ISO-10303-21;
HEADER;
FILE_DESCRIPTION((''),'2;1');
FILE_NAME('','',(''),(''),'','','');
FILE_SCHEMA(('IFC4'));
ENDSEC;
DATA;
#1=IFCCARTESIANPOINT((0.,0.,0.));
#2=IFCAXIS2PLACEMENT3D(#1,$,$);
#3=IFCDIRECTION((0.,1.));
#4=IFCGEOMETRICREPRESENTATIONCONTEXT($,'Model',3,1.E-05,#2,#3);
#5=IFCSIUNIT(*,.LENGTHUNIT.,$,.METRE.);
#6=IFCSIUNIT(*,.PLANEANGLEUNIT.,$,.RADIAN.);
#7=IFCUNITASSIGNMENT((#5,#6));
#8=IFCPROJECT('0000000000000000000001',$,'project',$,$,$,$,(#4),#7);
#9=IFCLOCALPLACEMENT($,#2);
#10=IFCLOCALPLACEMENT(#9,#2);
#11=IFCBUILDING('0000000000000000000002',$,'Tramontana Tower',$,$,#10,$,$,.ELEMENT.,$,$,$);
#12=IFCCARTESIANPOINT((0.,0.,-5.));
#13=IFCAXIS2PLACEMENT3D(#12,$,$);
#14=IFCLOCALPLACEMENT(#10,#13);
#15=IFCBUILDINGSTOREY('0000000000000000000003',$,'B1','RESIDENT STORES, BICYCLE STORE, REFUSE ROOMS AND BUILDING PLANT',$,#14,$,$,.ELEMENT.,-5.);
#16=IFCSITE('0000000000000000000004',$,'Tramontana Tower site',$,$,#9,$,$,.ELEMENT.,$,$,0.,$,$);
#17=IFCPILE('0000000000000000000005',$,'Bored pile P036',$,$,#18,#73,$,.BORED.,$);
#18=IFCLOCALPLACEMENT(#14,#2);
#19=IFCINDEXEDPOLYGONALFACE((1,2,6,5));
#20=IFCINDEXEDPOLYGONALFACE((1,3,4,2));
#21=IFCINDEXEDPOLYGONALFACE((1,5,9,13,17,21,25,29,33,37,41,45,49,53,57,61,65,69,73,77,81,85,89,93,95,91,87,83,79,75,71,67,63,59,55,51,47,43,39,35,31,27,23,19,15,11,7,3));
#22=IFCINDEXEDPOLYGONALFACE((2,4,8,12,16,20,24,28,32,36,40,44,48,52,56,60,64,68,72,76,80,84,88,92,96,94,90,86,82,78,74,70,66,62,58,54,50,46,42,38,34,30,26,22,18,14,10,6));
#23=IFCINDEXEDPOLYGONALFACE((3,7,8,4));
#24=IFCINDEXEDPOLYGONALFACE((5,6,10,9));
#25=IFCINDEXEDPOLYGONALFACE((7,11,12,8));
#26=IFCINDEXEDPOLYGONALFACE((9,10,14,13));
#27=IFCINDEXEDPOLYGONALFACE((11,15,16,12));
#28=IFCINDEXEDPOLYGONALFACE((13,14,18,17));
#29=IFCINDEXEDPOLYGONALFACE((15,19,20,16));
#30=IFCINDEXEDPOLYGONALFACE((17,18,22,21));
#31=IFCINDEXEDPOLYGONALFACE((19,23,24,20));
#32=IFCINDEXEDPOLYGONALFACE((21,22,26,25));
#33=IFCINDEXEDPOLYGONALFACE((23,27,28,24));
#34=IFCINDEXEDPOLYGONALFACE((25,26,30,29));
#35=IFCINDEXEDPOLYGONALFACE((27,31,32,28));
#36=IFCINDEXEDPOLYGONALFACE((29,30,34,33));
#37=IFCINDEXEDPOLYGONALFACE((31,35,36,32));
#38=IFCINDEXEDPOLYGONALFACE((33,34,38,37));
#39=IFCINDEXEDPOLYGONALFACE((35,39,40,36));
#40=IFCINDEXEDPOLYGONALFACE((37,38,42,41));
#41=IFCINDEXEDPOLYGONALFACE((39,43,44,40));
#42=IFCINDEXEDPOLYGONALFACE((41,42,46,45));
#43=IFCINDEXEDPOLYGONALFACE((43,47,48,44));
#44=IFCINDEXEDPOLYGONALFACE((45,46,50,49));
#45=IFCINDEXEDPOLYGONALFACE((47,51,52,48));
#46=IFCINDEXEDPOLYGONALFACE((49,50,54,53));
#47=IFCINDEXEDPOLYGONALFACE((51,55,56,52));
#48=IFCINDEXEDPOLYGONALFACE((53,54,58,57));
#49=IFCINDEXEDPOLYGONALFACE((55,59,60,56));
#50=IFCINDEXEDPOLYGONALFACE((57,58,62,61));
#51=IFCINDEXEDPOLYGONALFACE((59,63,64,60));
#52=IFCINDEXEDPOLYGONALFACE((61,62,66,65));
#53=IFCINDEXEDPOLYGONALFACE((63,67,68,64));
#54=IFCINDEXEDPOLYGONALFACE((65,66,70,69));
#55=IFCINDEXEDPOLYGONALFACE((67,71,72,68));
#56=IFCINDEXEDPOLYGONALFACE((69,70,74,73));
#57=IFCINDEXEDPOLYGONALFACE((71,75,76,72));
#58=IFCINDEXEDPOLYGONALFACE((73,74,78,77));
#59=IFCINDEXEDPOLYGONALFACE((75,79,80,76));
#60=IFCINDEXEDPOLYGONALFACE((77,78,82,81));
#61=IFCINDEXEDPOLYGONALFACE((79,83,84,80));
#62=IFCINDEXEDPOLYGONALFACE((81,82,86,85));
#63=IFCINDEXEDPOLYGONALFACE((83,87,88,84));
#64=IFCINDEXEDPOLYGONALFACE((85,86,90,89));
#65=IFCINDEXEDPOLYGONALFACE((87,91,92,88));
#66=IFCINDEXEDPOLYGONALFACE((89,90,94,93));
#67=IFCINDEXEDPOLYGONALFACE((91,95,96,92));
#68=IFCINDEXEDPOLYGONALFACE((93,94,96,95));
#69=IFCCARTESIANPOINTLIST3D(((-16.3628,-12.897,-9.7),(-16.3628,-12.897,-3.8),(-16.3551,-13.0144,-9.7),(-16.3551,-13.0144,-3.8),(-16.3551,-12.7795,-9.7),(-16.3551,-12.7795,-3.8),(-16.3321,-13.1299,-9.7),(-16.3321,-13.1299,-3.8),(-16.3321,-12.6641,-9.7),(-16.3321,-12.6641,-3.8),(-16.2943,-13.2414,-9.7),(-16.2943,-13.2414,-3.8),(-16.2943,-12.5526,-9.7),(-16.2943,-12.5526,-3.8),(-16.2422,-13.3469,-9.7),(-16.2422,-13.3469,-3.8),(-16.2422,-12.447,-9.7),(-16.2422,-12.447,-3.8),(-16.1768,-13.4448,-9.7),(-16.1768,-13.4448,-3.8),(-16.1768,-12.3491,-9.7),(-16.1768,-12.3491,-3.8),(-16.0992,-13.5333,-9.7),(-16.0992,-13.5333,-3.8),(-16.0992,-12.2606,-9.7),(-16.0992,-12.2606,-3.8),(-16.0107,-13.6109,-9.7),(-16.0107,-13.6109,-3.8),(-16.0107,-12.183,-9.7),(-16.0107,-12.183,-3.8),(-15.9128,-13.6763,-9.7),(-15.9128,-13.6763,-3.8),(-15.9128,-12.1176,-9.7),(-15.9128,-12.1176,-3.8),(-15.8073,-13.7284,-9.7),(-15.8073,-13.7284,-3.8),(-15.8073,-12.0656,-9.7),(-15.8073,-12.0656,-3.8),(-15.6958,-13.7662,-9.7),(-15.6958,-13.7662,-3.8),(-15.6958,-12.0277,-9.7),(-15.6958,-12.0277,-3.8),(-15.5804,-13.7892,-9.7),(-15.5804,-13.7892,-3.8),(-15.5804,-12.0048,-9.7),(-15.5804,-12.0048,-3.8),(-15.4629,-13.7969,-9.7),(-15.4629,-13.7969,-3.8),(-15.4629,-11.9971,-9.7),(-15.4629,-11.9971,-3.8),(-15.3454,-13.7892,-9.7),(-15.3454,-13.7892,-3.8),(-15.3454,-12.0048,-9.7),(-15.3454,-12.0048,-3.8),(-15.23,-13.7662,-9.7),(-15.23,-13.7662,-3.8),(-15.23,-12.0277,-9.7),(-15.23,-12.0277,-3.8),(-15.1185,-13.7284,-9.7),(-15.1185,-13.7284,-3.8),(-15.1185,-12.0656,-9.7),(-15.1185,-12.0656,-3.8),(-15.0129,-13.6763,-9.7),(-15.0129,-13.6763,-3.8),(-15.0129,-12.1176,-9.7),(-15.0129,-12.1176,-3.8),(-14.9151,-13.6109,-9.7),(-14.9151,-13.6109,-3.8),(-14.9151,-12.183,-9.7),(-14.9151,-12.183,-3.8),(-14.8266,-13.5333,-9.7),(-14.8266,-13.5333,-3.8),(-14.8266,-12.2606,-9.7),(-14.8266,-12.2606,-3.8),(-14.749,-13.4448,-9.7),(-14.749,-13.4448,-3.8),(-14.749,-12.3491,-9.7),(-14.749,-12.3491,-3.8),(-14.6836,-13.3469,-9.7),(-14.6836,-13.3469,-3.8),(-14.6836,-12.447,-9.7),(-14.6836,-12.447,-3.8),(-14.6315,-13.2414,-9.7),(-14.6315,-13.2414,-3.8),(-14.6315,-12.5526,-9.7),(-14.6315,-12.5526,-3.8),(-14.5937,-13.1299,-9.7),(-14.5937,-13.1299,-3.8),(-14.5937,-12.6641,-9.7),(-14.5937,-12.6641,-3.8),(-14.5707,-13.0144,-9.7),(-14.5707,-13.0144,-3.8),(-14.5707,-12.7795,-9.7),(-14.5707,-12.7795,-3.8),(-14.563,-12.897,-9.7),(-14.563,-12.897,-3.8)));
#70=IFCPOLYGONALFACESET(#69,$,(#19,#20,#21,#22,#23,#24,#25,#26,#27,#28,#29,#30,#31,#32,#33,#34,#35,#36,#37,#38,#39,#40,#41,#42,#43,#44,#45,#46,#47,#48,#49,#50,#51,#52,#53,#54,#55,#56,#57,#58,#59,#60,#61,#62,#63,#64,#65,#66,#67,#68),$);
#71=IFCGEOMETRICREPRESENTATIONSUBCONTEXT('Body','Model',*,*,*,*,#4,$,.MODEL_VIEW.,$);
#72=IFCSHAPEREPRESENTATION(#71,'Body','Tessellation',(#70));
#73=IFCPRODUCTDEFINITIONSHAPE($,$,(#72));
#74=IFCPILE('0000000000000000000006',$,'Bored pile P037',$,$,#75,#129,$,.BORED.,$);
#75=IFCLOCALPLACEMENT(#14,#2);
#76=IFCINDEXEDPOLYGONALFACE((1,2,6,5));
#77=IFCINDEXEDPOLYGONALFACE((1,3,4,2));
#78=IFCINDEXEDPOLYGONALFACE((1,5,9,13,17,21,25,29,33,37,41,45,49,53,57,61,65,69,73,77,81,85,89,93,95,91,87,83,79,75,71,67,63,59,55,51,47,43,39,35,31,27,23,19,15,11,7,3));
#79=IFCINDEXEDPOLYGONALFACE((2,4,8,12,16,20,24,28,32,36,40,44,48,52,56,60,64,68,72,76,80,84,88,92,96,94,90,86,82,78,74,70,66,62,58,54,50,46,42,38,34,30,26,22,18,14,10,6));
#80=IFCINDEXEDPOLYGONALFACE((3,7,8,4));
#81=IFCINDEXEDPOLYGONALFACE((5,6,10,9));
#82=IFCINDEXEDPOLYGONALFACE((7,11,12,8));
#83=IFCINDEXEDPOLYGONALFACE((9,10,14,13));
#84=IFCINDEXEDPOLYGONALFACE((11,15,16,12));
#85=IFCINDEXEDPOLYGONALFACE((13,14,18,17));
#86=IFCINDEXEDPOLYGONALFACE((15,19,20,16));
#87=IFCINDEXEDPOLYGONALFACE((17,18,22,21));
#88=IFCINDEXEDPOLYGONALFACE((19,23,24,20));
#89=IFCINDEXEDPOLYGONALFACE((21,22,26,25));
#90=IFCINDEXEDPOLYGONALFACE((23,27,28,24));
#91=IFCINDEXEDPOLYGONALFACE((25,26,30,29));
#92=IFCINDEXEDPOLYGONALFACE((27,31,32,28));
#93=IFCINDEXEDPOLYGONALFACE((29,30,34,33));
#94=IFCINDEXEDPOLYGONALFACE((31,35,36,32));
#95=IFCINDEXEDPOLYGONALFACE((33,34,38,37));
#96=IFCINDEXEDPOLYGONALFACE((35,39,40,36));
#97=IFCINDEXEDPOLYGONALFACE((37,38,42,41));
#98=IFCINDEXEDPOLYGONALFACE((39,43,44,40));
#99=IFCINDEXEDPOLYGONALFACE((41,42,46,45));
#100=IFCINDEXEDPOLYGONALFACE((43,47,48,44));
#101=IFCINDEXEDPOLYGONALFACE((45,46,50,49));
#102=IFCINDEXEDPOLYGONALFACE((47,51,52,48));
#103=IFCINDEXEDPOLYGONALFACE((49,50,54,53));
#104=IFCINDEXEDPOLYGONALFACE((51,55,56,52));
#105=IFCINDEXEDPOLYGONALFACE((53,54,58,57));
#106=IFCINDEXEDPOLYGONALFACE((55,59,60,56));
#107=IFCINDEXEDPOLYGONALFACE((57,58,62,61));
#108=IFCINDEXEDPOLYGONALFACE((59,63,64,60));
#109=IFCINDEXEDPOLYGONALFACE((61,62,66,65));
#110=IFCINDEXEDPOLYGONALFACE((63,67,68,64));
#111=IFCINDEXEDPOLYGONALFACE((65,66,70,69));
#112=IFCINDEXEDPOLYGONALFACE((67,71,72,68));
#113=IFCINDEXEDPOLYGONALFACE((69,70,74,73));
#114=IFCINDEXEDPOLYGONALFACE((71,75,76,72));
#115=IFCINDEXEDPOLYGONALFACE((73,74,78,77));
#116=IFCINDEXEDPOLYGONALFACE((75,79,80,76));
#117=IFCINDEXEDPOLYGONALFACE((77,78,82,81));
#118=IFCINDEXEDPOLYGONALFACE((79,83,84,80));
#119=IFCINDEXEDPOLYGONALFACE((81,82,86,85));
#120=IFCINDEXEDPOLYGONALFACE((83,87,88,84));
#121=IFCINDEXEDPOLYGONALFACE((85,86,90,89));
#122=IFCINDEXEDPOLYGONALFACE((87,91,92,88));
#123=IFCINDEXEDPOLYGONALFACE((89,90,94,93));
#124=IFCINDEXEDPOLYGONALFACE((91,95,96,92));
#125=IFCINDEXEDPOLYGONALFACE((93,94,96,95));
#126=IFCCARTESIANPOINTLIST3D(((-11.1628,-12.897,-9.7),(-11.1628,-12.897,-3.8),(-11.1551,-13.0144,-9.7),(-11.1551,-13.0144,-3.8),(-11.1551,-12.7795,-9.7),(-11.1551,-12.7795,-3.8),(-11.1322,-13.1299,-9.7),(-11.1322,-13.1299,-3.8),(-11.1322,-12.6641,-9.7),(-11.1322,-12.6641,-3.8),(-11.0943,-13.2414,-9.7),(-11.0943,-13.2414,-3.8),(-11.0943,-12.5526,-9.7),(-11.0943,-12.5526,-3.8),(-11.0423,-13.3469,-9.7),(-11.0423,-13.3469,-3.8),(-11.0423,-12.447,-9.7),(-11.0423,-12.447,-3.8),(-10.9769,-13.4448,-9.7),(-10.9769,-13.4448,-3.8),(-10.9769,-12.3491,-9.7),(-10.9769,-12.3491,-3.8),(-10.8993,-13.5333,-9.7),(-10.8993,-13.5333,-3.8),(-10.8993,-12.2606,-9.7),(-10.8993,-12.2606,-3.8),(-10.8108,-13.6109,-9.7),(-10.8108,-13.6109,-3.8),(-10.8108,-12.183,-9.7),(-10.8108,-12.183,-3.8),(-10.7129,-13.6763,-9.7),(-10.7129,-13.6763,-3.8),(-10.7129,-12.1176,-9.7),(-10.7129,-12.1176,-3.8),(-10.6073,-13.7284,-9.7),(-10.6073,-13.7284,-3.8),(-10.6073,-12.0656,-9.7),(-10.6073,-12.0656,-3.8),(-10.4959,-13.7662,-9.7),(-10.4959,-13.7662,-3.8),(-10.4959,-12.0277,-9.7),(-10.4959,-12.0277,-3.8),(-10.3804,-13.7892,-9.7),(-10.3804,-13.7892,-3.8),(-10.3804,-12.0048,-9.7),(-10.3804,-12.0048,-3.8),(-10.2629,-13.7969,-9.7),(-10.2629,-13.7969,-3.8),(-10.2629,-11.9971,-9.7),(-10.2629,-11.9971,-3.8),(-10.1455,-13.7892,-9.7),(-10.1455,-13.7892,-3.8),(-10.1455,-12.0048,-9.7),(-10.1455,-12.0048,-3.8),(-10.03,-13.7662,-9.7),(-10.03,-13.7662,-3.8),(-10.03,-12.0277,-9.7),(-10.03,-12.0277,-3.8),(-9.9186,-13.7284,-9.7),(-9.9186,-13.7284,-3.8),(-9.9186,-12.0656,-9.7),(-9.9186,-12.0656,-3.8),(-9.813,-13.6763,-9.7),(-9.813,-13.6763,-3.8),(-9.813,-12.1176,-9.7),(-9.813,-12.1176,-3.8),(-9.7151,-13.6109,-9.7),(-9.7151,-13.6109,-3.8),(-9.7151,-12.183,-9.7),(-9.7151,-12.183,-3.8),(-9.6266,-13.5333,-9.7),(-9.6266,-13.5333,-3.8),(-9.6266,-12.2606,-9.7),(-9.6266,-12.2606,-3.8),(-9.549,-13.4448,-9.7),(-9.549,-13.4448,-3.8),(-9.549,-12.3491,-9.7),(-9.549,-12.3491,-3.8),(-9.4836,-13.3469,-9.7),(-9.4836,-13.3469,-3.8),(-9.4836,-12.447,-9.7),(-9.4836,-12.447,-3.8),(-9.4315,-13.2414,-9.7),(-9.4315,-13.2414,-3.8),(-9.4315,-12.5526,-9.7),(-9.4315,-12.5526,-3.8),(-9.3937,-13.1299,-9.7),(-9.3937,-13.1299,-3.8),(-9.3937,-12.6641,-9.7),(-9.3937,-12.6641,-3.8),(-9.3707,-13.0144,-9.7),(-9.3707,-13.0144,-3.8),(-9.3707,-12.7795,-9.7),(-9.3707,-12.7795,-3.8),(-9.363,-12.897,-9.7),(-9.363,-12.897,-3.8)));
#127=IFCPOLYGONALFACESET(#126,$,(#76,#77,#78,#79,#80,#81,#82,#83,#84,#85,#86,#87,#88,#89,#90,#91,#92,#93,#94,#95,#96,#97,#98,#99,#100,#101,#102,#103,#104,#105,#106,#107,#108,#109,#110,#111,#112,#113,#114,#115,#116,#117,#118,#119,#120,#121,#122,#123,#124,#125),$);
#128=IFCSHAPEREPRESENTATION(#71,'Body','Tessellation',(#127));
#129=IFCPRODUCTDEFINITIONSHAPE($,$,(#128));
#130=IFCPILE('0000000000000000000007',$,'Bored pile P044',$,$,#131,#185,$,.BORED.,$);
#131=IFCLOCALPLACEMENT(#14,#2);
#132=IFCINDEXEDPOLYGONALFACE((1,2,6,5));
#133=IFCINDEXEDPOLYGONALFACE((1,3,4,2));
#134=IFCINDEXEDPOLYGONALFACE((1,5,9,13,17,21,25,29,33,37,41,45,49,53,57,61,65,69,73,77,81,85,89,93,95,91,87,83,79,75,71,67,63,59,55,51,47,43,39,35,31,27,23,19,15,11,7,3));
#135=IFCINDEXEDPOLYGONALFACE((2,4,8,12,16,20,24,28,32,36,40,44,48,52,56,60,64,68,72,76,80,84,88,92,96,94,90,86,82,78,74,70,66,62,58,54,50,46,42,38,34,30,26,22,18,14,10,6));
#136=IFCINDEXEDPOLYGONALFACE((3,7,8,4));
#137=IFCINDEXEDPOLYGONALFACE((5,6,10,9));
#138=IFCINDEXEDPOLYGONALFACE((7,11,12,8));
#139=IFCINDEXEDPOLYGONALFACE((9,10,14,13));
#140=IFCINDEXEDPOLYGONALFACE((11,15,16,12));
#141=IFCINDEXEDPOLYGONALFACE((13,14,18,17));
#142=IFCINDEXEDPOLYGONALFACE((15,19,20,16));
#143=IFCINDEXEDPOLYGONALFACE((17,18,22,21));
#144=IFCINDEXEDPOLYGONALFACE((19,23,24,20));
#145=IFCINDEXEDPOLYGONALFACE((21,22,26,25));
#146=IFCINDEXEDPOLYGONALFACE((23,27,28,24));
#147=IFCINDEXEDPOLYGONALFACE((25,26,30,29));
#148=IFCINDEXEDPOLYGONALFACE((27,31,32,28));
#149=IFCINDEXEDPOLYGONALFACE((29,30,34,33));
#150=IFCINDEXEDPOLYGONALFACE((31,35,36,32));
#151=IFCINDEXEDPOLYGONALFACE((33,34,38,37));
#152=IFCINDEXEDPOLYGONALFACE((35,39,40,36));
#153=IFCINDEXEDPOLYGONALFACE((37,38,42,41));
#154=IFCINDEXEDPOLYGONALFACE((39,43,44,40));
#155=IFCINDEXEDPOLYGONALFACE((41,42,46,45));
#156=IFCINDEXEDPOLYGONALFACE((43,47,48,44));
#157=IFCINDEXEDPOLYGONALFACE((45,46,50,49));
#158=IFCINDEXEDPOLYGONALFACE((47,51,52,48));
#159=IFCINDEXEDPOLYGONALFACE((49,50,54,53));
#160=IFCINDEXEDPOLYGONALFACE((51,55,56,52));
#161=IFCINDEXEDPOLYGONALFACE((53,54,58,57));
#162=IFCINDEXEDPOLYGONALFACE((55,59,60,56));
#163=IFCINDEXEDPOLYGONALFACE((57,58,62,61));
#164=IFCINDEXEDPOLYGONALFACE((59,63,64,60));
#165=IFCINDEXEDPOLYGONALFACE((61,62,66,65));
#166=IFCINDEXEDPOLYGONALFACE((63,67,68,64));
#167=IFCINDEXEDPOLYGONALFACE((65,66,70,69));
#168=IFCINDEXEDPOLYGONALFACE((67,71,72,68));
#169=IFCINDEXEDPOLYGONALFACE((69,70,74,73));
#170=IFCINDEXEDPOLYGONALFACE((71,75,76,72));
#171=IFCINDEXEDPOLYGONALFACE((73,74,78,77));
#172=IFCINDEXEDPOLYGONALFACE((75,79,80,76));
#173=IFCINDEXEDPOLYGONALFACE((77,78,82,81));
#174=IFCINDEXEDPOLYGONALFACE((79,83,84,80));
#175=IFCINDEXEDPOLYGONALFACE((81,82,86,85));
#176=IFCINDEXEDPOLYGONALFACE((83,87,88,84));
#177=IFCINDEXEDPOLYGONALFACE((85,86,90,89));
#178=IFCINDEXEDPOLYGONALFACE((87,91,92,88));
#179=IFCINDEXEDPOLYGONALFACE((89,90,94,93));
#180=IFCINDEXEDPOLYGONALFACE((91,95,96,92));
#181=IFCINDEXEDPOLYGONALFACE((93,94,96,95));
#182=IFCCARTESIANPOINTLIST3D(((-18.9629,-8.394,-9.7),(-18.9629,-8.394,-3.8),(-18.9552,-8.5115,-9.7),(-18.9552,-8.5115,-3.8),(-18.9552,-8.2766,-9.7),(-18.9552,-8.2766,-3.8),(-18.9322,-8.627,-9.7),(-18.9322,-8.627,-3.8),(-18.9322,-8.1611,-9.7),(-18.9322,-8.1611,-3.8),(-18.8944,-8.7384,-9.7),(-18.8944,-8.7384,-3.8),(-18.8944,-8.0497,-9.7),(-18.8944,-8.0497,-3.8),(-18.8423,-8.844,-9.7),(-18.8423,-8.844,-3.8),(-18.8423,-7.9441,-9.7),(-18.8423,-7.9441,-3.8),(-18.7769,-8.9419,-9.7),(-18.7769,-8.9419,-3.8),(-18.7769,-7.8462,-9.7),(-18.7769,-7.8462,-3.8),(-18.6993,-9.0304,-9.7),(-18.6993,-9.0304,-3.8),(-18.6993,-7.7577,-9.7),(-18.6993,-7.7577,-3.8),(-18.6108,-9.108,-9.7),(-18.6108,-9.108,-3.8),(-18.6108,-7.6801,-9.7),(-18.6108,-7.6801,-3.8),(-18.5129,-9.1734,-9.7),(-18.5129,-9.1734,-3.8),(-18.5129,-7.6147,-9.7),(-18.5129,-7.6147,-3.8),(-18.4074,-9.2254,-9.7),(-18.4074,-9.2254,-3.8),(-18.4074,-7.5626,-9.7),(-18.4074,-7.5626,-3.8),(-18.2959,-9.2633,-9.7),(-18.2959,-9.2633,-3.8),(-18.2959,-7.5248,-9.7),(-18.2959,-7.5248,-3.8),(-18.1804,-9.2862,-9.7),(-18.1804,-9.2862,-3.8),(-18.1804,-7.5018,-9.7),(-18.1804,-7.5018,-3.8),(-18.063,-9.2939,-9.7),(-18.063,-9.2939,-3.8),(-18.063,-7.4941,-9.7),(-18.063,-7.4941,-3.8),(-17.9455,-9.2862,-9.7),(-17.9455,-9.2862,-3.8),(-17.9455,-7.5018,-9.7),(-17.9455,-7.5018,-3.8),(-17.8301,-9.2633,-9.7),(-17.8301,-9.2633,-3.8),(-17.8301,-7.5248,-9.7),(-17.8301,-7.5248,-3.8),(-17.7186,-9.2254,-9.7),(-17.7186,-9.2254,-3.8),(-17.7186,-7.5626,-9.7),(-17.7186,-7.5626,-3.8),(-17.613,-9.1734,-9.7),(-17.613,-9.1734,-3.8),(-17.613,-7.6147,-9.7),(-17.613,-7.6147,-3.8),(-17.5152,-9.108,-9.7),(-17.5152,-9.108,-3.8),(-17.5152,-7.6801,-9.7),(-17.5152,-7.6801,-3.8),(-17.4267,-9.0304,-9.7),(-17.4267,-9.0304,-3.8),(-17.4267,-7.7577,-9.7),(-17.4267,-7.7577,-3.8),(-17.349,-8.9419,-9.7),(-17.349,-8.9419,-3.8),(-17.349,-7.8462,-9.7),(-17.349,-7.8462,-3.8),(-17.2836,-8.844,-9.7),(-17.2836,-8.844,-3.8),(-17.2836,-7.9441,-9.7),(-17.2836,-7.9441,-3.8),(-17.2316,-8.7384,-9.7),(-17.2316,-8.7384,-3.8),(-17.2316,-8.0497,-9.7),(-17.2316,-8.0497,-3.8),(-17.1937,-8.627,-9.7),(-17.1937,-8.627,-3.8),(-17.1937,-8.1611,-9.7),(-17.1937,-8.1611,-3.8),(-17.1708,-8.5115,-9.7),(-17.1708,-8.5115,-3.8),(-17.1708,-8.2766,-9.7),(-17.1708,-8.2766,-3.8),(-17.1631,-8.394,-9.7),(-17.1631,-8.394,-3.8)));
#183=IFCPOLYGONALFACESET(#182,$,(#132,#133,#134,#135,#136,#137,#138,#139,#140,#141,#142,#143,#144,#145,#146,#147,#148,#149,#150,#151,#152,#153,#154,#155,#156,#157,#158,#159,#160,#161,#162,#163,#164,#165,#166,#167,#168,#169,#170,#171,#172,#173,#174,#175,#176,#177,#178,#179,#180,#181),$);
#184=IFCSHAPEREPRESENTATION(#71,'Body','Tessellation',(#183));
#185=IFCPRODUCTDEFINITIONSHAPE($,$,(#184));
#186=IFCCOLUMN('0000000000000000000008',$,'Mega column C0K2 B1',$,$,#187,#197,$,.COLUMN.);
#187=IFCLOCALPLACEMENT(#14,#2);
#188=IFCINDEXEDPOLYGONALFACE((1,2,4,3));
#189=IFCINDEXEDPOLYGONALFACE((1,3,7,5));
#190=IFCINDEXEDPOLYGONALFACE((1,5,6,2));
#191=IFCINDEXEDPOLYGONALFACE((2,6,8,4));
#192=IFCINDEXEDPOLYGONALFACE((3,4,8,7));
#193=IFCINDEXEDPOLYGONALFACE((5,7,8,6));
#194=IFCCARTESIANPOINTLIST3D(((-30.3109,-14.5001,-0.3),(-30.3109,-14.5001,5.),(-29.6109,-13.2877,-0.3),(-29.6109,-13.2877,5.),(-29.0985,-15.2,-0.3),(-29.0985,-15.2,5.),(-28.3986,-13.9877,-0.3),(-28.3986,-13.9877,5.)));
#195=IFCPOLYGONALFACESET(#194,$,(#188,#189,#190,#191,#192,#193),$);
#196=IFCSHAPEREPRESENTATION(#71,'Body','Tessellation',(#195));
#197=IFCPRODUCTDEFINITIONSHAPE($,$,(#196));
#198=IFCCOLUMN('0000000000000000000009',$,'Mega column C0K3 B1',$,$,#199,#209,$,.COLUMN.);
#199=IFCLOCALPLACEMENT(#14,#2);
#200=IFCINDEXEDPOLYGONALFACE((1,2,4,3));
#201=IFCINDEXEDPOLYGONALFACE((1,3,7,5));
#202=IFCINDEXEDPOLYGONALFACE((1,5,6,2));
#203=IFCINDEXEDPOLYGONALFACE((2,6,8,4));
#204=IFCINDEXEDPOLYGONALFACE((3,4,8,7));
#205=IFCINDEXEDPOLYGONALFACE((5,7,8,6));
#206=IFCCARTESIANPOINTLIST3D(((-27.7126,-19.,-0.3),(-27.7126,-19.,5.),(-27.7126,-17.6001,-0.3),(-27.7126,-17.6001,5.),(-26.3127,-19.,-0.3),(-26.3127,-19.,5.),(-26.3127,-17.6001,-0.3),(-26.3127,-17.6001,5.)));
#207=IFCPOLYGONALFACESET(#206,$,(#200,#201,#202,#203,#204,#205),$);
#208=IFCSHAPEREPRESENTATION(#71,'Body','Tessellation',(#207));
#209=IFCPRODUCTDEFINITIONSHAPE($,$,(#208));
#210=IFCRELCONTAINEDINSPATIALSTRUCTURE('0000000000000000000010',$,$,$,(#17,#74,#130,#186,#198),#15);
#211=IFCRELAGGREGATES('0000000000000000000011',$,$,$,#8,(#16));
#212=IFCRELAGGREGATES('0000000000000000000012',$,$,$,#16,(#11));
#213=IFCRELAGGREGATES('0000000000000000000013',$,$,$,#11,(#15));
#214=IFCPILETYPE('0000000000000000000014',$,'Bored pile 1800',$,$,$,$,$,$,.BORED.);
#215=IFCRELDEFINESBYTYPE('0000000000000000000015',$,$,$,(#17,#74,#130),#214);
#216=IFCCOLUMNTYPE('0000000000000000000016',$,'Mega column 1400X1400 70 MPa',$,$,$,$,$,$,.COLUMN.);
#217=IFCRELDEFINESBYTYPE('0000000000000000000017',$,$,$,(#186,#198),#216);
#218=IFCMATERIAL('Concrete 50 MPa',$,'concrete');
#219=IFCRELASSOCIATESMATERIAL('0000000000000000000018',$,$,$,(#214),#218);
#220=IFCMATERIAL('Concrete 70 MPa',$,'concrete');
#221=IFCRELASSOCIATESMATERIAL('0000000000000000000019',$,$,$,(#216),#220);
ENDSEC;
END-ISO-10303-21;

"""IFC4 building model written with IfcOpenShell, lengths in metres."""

from ifc_helpers import new_model, si_unit, direction, frame, origin, origin_2d, place, context, subcontext, project, spatial, rectangle, circle, extrude, material, material_profile, profile_set, type_object, element, save


model = new_model("IFC4")

# Units and contexts
model_context = context("Model", 3, precision=1e-05, world=origin(), true_north=direction((0.0, 1.0)))
body_context = subcontext(model_context, "Body", "Model", "MODEL_VIEW")
ifc_project = project(units=[si_unit("LENGTHUNIT", "METRE"), si_unit("PLANEANGLEUNIT", "RADIAN")], contexts=[model_context])

# Site, building, storey
site_placement = place(None, origin())
site = spatial("IfcSite", under=ifc_project, at=site_placement, Name="Tramontana Tower site", CompositionType="ELEMENT", RefElevation=0.0)
building_placement = place(site_placement, origin())
building = spatial("IfcBuilding", under=site, at=building_placement, Name="Tramontana Tower", CompositionType="ELEMENT")
storey_placement = place(building_placement, frame((0.0, 0.0, -5.0)))
storey = spatial("IfcBuildingStorey", under=building, at=storey_placement, Name="B1", Description="RESIDENT STORES, BICYCLE STORE, REFUSE ROOMS AND BUILDING PLANT", CompositionType="ELEMENT", Elevation=-5.0)

# Piles
ifc_material_1 = material(Name="Concrete 50 MPa", Category="concrete")
ifc_material_profile_1 = material_profile(ifc_material_1, circle(Radius=0.8999, at=origin_2d()), Name="Bored pile 1800")
ifc_profile_set_1 = profile_set([ifc_material_profile_1], Name="Concrete 50 MPa")
pile_type = type_object("IfcPileType", Name="Bored pile 1800", PredefinedType="BORED", material=ifc_profile_set_1)
for number, where, z_axis, x_axis, name in (
    (1, (-15.4629, -12.897, -3.8), (0.0, 0.0, -1.0), (1.0, 0.0, 0.0), "Bored pile P036"),
    (2, (-10.2629, -12.897, -3.8), (0.0, 0.0, -1.0), (1.0, 0.0, 0.0), "Bored pile P037"),
    (3, (-18.063, -8.394, -3.8), (0.0, 0.0, -1.0), (1.0, 0.0, 0.0), "Bored pile P044"),
):
    element("IfcPile", number, at=place(storey_placement, frame(where, z_axis=z_axis, x_axis=x_axis)), inside=storey, type_object=pile_type, Name=name, PredefinedType="BORED", context=body_context, shape_type="SweptSolid", body=[
        extrude(circle(Radius=0.8999, at=origin_2d()), origin(), (0.0, 0.0, 1.0), 5.8999),
    ])

# Columns
ifc_material_2 = material(Name="Concrete 70 MPa", Category="concrete")
ifc_material_profile_2 = material_profile(ifc_material_2, rectangle(XDim=1.3999, YDim=1.3999, at=origin_2d()), Name="Mega column 1400X1400 70 MPa")
ifc_profile_set_2 = profile_set([ifc_material_profile_2], Name="Concrete 70 MPa")
column_type_1 = type_object("IfcColumnType", Name="Mega column 1400X1400 70 MPa", PredefinedType="COLUMN", material=ifc_profile_set_2)
for number, where, z_axis, x_axis, name in (
    (4, (-29.3547, -14.2439, -0.3), (0.0, 0.0, 1.0), (-0.5, -0.866025, 0.0), "Mega column C0K2 B1"),
    (5, (-27.0127, -18.3, -0.3), (0.0, 0.0, 1.0), (1.0, 0.0, 0.0), "Mega column C0K3 B1"),
):
    element("IfcColumn", number, at=place(storey_placement, frame(where, z_axis=z_axis, x_axis=x_axis)), inside=storey, type_object=column_type_1, Name=name, PredefinedType="COLUMN", context=body_context, shape_type="SweptSolid", body=[
        extrude(rectangle(XDim=1.3999, YDim=1.3999, at=origin_2d()), origin(), (0.0, 0.0, 1.0), 5.3),
    ])

save(model, "model.ifc")
